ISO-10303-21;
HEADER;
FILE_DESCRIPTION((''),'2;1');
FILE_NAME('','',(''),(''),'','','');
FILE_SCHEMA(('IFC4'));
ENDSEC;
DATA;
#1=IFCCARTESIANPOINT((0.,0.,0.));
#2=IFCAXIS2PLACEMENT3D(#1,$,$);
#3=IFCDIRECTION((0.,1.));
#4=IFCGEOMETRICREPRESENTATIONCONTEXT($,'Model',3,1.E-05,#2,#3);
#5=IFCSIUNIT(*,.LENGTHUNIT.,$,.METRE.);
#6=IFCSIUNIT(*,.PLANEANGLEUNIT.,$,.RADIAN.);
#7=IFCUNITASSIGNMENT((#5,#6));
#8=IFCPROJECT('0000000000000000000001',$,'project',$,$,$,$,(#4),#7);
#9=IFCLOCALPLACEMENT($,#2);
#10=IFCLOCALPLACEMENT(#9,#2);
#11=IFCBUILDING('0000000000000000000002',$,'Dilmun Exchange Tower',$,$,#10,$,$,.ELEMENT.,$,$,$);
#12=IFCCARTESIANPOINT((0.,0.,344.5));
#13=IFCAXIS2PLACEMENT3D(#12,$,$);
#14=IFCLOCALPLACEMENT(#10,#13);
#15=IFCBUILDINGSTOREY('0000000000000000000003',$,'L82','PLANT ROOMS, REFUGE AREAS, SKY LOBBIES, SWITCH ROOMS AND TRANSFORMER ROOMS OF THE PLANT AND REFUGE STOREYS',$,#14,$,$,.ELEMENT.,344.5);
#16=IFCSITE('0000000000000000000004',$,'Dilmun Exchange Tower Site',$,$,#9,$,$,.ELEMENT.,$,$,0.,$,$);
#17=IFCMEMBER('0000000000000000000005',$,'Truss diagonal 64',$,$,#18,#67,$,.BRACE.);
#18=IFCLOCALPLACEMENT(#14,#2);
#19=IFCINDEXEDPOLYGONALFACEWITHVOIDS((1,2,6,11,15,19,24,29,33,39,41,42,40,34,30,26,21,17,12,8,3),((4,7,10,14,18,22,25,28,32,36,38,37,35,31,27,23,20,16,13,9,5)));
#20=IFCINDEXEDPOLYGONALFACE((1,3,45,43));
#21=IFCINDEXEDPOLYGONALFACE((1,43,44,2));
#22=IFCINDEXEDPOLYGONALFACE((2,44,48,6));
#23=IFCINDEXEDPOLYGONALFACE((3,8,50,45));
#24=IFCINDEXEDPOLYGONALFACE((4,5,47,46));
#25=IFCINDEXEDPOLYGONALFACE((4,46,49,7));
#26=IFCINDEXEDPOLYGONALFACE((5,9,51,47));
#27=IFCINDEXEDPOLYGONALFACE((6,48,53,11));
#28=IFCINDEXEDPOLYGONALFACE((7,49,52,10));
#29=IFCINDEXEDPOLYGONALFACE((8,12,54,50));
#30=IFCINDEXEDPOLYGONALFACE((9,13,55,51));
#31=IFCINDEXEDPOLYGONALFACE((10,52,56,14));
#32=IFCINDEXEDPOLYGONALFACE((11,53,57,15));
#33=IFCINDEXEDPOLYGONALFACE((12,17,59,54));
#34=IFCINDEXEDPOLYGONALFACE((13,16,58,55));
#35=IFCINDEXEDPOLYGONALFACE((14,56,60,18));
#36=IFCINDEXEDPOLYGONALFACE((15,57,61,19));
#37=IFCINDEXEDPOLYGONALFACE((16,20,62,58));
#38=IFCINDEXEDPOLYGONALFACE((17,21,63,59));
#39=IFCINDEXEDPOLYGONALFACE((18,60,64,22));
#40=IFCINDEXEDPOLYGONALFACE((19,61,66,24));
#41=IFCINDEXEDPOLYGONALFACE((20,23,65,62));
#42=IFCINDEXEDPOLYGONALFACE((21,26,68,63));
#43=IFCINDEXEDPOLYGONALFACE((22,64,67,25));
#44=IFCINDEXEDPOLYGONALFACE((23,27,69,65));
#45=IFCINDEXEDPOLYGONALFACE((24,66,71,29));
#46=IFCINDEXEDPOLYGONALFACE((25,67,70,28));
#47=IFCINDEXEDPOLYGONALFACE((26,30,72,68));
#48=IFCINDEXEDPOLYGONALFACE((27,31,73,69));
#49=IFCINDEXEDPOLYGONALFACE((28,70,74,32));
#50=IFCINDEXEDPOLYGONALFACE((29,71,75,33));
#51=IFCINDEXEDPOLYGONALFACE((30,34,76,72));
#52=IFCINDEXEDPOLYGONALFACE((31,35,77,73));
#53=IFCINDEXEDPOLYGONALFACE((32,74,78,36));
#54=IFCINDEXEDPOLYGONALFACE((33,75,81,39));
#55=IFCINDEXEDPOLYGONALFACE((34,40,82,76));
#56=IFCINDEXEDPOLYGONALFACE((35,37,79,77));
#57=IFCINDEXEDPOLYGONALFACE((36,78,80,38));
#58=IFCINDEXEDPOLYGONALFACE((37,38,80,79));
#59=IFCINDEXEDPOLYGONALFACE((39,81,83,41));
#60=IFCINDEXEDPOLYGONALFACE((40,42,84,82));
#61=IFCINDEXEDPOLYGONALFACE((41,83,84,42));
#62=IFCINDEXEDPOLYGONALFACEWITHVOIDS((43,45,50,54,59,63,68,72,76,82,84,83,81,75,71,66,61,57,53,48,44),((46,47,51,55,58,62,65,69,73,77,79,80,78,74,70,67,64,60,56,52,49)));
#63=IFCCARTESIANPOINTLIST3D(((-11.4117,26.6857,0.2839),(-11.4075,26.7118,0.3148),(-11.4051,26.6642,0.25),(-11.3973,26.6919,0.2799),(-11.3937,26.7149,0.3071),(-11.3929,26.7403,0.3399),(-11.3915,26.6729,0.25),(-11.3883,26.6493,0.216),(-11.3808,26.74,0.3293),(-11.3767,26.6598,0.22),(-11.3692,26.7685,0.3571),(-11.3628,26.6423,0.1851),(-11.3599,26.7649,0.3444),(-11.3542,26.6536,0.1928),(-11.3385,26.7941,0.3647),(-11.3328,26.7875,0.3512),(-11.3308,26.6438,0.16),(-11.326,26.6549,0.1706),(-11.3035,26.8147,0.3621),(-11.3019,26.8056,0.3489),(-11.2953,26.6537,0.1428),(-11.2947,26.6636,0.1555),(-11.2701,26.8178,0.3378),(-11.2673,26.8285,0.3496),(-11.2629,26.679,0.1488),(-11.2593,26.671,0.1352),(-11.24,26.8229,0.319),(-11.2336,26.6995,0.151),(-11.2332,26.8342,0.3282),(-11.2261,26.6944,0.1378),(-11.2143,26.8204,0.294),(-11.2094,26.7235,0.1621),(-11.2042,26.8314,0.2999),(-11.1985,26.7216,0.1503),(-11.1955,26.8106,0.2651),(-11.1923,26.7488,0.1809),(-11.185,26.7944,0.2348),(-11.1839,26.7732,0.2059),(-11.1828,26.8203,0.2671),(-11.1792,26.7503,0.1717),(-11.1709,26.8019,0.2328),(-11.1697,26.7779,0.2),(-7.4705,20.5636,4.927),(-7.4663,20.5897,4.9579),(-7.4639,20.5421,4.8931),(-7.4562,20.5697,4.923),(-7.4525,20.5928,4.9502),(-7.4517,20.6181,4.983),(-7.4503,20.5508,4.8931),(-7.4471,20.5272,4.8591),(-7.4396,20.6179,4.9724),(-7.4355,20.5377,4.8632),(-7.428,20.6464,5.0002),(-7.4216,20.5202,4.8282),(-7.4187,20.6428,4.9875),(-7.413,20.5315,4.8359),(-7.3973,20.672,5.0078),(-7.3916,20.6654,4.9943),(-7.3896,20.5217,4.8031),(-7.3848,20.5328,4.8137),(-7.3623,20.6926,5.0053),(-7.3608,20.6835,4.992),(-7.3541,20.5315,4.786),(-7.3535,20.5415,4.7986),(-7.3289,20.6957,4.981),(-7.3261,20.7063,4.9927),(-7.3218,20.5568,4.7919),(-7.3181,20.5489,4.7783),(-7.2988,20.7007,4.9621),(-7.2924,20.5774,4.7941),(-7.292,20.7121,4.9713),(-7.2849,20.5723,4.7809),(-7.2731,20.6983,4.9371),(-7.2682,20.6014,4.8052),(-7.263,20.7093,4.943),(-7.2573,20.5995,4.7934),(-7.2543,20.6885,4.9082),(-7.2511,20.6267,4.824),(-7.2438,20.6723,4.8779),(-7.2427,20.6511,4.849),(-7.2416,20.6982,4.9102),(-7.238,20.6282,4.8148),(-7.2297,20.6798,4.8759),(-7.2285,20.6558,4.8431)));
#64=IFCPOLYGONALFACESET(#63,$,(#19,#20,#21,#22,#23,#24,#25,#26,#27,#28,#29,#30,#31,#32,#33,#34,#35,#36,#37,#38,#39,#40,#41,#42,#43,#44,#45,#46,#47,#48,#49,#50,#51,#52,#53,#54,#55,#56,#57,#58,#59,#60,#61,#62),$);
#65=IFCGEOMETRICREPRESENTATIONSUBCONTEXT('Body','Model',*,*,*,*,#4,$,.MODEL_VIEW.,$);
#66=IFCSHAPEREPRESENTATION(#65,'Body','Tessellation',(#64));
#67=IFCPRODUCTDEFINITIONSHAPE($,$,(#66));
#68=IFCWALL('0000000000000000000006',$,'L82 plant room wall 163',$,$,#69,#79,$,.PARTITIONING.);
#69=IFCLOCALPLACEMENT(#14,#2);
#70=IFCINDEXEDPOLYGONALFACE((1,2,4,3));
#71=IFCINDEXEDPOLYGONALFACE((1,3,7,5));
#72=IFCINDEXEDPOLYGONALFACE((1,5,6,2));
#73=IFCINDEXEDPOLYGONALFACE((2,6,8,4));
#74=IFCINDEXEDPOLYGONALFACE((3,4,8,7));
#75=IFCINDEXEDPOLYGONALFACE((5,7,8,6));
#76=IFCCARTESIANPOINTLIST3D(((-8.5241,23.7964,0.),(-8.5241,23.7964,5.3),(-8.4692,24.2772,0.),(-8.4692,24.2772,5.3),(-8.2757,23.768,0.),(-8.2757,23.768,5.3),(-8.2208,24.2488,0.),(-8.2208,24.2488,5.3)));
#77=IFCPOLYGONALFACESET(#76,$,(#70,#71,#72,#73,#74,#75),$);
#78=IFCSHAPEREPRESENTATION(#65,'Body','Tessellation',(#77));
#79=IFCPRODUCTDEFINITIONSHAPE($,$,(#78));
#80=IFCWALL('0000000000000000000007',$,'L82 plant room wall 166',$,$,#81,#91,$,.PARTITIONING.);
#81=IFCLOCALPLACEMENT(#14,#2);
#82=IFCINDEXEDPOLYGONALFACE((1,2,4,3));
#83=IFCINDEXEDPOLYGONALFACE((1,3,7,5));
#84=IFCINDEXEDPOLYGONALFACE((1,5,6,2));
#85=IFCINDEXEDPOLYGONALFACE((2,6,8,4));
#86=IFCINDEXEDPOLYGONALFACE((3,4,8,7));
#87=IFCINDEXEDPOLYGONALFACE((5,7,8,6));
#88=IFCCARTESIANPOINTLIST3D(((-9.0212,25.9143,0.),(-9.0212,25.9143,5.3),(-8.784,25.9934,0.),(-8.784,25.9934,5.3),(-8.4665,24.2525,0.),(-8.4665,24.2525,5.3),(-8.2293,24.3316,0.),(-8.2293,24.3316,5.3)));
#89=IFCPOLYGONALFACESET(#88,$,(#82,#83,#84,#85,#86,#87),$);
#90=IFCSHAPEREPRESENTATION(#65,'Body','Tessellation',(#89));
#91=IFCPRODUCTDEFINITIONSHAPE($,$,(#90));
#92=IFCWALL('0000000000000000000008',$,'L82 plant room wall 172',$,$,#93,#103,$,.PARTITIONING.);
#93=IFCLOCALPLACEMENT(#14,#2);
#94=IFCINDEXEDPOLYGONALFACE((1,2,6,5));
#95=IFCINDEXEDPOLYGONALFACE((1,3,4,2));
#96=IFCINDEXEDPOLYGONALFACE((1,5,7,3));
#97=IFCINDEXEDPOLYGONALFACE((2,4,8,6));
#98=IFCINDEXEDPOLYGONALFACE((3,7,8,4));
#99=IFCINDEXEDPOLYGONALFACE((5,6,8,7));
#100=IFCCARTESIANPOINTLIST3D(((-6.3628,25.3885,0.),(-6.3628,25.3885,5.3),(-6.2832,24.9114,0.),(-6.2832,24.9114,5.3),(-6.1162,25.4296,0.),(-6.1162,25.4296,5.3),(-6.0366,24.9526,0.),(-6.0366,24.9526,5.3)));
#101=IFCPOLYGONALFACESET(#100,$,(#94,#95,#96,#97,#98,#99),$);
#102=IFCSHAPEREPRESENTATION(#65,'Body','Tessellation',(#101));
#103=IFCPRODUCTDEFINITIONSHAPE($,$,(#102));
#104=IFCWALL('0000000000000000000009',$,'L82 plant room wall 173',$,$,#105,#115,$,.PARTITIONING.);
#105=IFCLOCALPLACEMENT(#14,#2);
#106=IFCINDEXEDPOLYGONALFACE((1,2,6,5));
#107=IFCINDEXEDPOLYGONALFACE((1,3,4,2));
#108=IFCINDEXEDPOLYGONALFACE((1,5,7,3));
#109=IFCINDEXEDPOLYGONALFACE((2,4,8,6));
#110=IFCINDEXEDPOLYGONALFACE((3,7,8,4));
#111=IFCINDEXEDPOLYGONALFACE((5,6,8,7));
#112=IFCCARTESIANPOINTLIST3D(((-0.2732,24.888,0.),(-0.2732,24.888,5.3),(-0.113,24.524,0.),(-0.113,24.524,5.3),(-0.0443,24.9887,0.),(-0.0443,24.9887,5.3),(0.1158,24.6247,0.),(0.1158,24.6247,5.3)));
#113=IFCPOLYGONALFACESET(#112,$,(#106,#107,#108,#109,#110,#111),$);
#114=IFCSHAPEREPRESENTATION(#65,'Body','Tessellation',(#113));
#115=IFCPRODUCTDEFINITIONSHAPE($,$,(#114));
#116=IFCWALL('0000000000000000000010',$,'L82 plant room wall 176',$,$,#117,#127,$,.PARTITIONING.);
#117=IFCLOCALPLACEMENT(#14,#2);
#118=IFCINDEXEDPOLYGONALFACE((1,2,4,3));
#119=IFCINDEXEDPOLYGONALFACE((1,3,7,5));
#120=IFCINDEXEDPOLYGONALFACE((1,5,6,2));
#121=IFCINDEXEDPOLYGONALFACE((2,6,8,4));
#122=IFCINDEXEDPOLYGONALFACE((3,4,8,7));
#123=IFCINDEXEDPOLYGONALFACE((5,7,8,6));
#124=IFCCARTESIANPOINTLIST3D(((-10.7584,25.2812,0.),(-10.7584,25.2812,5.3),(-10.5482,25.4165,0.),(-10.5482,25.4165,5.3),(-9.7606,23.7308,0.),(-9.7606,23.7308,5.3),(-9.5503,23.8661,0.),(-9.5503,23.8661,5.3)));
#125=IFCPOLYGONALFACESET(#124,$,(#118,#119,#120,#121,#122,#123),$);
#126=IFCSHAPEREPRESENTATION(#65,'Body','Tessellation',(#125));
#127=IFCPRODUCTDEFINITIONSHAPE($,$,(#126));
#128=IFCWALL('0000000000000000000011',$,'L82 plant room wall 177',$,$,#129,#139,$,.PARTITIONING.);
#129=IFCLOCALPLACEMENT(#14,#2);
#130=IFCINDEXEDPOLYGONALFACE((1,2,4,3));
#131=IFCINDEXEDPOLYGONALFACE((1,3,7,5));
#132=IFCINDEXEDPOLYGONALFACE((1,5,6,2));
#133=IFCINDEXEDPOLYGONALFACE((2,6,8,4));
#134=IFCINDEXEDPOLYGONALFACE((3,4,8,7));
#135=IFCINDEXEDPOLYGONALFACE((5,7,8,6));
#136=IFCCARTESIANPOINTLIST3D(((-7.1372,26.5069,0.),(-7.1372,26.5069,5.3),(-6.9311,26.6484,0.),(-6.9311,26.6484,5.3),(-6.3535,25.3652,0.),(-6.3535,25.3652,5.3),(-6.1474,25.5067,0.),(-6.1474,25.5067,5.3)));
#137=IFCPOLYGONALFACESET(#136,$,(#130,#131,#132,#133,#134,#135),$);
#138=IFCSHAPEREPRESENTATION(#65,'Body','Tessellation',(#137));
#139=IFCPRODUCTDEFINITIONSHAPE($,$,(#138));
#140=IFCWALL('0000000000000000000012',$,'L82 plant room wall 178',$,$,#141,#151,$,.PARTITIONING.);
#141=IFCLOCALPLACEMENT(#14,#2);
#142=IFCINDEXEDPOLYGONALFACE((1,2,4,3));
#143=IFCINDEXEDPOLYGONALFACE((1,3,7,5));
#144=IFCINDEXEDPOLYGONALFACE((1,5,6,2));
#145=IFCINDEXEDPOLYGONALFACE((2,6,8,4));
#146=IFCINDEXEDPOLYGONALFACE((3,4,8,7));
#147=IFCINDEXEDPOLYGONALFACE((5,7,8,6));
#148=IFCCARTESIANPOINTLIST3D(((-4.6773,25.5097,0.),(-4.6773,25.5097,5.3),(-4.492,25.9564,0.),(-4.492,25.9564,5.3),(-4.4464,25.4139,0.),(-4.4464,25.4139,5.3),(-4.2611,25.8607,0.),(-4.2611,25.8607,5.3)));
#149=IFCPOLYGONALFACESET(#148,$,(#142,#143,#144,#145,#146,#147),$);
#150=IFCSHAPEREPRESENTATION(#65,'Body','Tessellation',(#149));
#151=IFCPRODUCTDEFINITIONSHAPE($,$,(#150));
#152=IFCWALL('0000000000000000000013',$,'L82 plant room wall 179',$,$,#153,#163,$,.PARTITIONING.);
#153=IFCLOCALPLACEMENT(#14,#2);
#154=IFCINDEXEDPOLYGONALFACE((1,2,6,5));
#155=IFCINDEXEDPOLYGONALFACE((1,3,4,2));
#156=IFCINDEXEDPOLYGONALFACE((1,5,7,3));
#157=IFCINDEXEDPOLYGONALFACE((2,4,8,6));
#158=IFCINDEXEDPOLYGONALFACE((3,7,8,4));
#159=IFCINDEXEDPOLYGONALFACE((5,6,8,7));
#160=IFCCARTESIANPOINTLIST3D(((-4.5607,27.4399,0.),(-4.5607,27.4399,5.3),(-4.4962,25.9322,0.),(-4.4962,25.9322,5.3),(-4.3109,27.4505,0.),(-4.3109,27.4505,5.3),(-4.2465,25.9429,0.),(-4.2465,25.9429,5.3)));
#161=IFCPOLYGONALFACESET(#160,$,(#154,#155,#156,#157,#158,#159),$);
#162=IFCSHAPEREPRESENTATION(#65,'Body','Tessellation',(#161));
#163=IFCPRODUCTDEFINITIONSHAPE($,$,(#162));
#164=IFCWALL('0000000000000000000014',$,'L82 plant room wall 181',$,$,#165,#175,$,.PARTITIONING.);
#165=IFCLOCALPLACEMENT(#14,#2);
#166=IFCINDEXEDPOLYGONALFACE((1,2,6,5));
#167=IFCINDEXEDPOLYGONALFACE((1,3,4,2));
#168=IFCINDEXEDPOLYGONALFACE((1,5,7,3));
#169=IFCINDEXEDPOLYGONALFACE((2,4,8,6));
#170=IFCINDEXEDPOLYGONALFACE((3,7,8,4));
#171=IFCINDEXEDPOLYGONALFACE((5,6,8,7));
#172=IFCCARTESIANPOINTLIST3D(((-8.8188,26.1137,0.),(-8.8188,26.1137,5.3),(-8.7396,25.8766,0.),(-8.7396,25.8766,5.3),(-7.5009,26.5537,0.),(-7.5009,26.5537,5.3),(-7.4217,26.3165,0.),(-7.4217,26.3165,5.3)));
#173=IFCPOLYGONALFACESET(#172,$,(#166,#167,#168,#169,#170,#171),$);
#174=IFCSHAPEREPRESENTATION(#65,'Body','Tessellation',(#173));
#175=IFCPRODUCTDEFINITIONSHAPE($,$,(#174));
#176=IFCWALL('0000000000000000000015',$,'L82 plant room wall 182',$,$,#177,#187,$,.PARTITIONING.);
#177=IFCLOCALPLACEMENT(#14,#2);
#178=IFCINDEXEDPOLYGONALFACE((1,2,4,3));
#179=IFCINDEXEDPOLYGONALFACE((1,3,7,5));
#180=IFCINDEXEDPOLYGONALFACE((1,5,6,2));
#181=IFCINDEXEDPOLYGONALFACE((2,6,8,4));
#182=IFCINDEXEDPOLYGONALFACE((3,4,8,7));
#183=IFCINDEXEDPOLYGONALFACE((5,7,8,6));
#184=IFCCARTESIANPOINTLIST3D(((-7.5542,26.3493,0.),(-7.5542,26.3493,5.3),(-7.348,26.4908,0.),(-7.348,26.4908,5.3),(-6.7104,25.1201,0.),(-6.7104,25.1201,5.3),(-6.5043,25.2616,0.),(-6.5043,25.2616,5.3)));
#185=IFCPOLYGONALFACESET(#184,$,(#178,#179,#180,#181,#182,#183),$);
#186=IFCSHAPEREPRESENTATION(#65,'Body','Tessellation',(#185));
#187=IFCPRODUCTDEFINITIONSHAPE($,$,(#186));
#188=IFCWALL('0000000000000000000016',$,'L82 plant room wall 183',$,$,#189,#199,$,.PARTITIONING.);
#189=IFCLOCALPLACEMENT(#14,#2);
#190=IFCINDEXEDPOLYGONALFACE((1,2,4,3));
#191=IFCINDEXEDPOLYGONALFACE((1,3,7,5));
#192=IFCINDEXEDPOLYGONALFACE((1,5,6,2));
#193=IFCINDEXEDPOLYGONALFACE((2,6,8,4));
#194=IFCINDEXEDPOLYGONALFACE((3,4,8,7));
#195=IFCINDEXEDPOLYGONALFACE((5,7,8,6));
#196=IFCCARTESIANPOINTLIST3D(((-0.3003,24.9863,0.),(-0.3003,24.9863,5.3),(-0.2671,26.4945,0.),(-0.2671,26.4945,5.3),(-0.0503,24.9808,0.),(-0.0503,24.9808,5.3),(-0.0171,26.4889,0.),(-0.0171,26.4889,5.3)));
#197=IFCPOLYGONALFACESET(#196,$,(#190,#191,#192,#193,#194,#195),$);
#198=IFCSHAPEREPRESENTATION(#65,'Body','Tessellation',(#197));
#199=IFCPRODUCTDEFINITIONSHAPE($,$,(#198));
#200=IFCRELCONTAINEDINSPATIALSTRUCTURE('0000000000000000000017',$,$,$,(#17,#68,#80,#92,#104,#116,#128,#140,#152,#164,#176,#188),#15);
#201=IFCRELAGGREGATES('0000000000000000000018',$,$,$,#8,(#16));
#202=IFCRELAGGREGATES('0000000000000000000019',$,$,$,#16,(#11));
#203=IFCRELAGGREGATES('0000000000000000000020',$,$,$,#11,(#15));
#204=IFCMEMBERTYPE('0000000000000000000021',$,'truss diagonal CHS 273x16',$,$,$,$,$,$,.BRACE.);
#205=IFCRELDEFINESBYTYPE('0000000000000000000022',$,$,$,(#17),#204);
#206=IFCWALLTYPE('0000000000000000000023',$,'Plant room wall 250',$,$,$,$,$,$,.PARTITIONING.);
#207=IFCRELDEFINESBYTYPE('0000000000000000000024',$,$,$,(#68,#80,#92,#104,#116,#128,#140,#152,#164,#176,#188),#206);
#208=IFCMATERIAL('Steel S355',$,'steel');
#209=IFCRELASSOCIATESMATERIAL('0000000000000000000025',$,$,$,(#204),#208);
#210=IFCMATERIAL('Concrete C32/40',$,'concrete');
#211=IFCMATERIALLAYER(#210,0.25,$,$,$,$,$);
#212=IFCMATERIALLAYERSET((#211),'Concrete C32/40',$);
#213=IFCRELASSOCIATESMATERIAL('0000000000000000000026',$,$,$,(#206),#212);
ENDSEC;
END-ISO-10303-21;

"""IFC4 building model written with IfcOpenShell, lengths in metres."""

from ifc_helpers import new_model, si_unit, direction, frame, frame_2d, origin, origin_2d, place, context, subcontext, project, spatial, rectangle, hollow_circle, extrude, material, layer, layer_set, material_profile, profile_set, type_object, element, save


model = new_model("IFC4")

# Units and contexts
model_context = context("Model", 3, precision=1e-05, world=origin(), true_north=direction((0.0, 1.0)))
body_context = subcontext(model_context, "Body", "Model", "MODEL_VIEW")
ifc_project = project(units=[si_unit("LENGTHUNIT", "METRE"), si_unit("PLANEANGLEUNIT", "RADIAN")], contexts=[model_context])

# Site, building, storey
site_placement = place(None, origin())
site = spatial("IfcSite", under=ifc_project, at=site_placement, Name="Dilmun Exchange Tower Site", CompositionType="ELEMENT", RefElevation=0.0)
building_placement = place(site_placement, origin())
building = spatial("IfcBuilding", under=site, at=building_placement, Name="Dilmun Exchange Tower", CompositionType="ELEMENT")
storey_placement = place(building_placement, frame((0.0, 0.0, 344.5)))
storey = spatial("IfcBuildingStorey", under=building, at=storey_placement, Name="L82", Description="PLANT ROOMS, REFUGE AREAS, SKY LOBBIES, SWITCH ROOMS AND TRANSFORMER ROOMS OF THE PLANT AND REFUGE STOREYS", CompositionType="ELEMENT", Elevation=344.5)

# Shared definitions
ifc_material_1 = material(Name="Steel S355", Category="steel")

# Member
ifc_material_profile_1 = material_profile(ifc_material_1, hollow_circle(Radius=0.1365, WallThickness=0.0161, at=origin_2d()), Name="CHS 273x16")
ifc_profile_set_1 = profile_set([ifc_material_profile_1], Name="Steel S355")
member_type = type_object("IfcMemberType", Name="truss diagonal CHS 273x16", PredefinedType="BRACE", material=ifc_profile_set_1)
member_1_placement = place(storey_placement, frame((-7.3491, 20.616, 4.8931), z_axis=(-0.456395, 0.708948, -0.537677), x_axis=(-0.840832, -0.541296, 0.0)))
element("IfcMember", 1, at=member_1_placement, inside=storey, type_object=member_type, Name="Truss diagonal 64", PredefinedType="BRACE", context=body_context, shape_type="SweptSolid", body=[
    extrude(hollow_circle(Radius=0.1365, WallThickness=0.0161, at=origin_2d()), origin(), (0.0, 0.0, 1.0), 8.6355),
])

# Walls
ifc_material_2 = material(Name="Concrete C32/40", Category="concrete")
ifc_layer_1 = layer(ifc_material_2, 0.25)
ifc_layer_set_1 = layer_set([ifc_layer_1], Name="Concrete C32/40")
wall_type = type_object("IfcWallType", Name="Plant room wall 250", PredefinedType="PARTITIONING", material=ifc_layer_set_1)
wall_1_placement = place(storey_placement, frame((-8.3999, 23.7822, 0.0), z_axis=(0.0, 0.0, 1.0), x_axis=(0.113532, 0.993534, 0.0)))
element("IfcWall", 2, at=wall_1_placement, inside=storey, type_object=wall_type, Name="L82 plant room wall 163", PredefinedType="PARTITIONING", context=body_context, shape_type="SweptSolid", body=[
    extrude(rectangle(XDim=0.4839, YDim=0.25, at=frame_2d((0.2419, 0.0))), origin(), (0.0, 0.0, 1.0), 5.3),
])
wall_2_placement = place(storey_placement, frame((-8.9026, 25.9539, 0.0), z_axis=(0.0, 0.0, 1.0), x_axis=(0.316604, -0.948558, 0.0)))
element("IfcWall", 3, at=wall_2_placement, inside=storey, type_object=wall_type, Name="L82 plant room wall 166", PredefinedType="PARTITIONING", context=body_context, shape_type="SweptSolid", body=[
    extrude(rectangle(XDim=1.752, YDim=0.25, at=frame_2d((0.876, 0.0))), origin(), (0.0, 0.0, 1.0), 5.3),
])
wall_3_placement = place(storey_placement, frame((-6.2395, 25.4089, 0.0), z_axis=(0.0, 0.0, 1.0), x_axis=(0.164563, -0.986367, 0.0)))
element("IfcWall", 4, at=wall_3_placement, inside=storey, type_object=wall_type, Name="L82 plant room wall 172", PredefinedType="PARTITIONING", context=body_context, shape_type="SweptSolid", body=[
    extrude(rectangle(XDim=0.4836, YDim=0.25, at=frame_2d((0.2417, 0.0))), origin(), (0.0, 0.0, 1.0), 5.3),
])
wall_4_placement = place(storey_placement, frame((-0.1587, 24.9382, 0.0), z_axis=(0.0, 0.0, 1.0), x_axis=(0.402718, -0.915324, 0.0)))
element("IfcWall", 5, at=wall_4_placement, inside=storey, type_object=wall_type, Name="L82 plant room wall 173", PredefinedType="PARTITIONING", context=body_context, shape_type="SweptSolid", body=[
    extrude(rectangle(XDim=0.3977, YDim=0.25, at=frame_2d((0.1987, 0.0))), origin(), (0.0, 0.0, 1.0), 5.3),
])
wall_5_placement = place(storey_placement, frame((-10.6533, 25.3489, 0.0), z_axis=(0.0, 0.0, 1.0), x_axis=(0.541213, -0.840886, 0.0)))
element("IfcWall", 6, at=wall_5_placement, inside=storey, type_object=wall_type, Name="L82 plant room wall 176", PredefinedType="PARTITIONING", context=body_context, shape_type="SweptSolid", body=[
    extrude(rectangle(XDim=1.8438, YDim=0.25, at=frame_2d((0.9219, 0.0))), origin(), (0.0, 0.0, 1.0), 5.3),
])
wall_6_placement = place(storey_placement, frame((-7.0342, 26.5776, 0.0), z_axis=(0.0, 0.0, 1.0), x_axis=(0.56596, -0.824433, 0.0)))
element("IfcWall", 7, at=wall_6_placement, inside=storey, type_object=wall_type, Name="L82 plant room wall 177", PredefinedType="PARTITIONING", context=body_context, shape_type="SweptSolid", body=[
    extrude(rectangle(XDim=1.3848, YDim=0.25, at=frame_2d((0.6924, 0.0))), origin(), (0.0, 0.0, 1.0), 5.3),
])
wall_7_placement = place(storey_placement, frame((-4.5618, 25.4619, 0.0), z_axis=(0.0, 0.0, 1.0), x_axis=(0.38311, 0.923703, 0.0)))
element("IfcWall", 8, at=wall_7_placement, inside=storey, type_object=wall_type, Name="L82 plant room wall 178", PredefinedType="PARTITIONING", context=body_context, shape_type="SweptSolid", body=[
    extrude(rectangle(XDim=0.4836, YDim=0.25, at=frame_2d((0.2417, 0.0))), origin(), (0.0, 0.0, 1.0), 5.3),
])
wall_8_placement = place(storey_placement, frame((-4.4358, 27.4451, 0.0), z_axis=(0.0, 0.0, 1.0), x_axis=(0.042714, -0.999087, 0.0)))
element("IfcWall", 9, at=wall_8_placement, inside=storey, type_object=wall_type, Name="L82 plant room wall 179", PredefinedType="PARTITIONING", context=body_context, shape_type="SweptSolid", body=[
    extrude(rectangle(XDim=1.509, YDim=0.25, at=frame_2d((0.7544, 0.0))), origin(), (0.0, 0.0, 1.0), 5.3),
])
wall_9_placement = place(storey_placement, frame((-8.7793, 25.9951, 0.0), z_axis=(0.0, 0.0, 1.0), x_axis=(0.948543, 0.316649, 0.0)))
element("IfcWall", 10, at=wall_9_placement, inside=storey, type_object=wall_type, Name="L82 plant room wall 181", PredefinedType="PARTITIONING", context=body_context, shape_type="SweptSolid", body=[
    extrude(rectangle(XDim=1.3894, YDim=0.25, at=frame_2d((0.6948, 0.0))), origin(), (0.0, 0.0, 1.0), 5.3),
])
wall_10_placement = place(storey_placement, frame((-7.4512, 26.4202, 0.0), z_axis=(0.0, 0.0, 1.0), x_axis=(0.56591, -0.824467, 0.0)))
element("IfcWall", 11, at=wall_10_placement, inside=storey, type_object=wall_type, Name="L82 plant room wall 182", PredefinedType="PARTITIONING", context=body_context, shape_type="SweptSolid", body=[
    extrude(rectangle(XDim=1.491, YDim=0.25, at=frame_2d((0.7456, 0.0))), origin(), (0.0, 0.0, 1.0), 5.3),
])
wall_11_placement = place(storey_placement, frame((-0.1753, 24.9834, 0.0), z_axis=(0.0, 0.0, 1.0), x_axis=(0.022008, 0.999758, 0.0)))
element("IfcWall", 12, at=wall_11_placement, inside=storey, type_object=wall_type, Name="L82 plant room wall 183", PredefinedType="PARTITIONING", context=body_context, shape_type="SweptSolid", body=[
    extrude(rectangle(XDim=1.5085, YDim=0.25, at=frame_2d((0.7544, 0.0))), origin(), (0.0, 0.0, 1.0), 5.3),
])

save(model, "model.ifc")
